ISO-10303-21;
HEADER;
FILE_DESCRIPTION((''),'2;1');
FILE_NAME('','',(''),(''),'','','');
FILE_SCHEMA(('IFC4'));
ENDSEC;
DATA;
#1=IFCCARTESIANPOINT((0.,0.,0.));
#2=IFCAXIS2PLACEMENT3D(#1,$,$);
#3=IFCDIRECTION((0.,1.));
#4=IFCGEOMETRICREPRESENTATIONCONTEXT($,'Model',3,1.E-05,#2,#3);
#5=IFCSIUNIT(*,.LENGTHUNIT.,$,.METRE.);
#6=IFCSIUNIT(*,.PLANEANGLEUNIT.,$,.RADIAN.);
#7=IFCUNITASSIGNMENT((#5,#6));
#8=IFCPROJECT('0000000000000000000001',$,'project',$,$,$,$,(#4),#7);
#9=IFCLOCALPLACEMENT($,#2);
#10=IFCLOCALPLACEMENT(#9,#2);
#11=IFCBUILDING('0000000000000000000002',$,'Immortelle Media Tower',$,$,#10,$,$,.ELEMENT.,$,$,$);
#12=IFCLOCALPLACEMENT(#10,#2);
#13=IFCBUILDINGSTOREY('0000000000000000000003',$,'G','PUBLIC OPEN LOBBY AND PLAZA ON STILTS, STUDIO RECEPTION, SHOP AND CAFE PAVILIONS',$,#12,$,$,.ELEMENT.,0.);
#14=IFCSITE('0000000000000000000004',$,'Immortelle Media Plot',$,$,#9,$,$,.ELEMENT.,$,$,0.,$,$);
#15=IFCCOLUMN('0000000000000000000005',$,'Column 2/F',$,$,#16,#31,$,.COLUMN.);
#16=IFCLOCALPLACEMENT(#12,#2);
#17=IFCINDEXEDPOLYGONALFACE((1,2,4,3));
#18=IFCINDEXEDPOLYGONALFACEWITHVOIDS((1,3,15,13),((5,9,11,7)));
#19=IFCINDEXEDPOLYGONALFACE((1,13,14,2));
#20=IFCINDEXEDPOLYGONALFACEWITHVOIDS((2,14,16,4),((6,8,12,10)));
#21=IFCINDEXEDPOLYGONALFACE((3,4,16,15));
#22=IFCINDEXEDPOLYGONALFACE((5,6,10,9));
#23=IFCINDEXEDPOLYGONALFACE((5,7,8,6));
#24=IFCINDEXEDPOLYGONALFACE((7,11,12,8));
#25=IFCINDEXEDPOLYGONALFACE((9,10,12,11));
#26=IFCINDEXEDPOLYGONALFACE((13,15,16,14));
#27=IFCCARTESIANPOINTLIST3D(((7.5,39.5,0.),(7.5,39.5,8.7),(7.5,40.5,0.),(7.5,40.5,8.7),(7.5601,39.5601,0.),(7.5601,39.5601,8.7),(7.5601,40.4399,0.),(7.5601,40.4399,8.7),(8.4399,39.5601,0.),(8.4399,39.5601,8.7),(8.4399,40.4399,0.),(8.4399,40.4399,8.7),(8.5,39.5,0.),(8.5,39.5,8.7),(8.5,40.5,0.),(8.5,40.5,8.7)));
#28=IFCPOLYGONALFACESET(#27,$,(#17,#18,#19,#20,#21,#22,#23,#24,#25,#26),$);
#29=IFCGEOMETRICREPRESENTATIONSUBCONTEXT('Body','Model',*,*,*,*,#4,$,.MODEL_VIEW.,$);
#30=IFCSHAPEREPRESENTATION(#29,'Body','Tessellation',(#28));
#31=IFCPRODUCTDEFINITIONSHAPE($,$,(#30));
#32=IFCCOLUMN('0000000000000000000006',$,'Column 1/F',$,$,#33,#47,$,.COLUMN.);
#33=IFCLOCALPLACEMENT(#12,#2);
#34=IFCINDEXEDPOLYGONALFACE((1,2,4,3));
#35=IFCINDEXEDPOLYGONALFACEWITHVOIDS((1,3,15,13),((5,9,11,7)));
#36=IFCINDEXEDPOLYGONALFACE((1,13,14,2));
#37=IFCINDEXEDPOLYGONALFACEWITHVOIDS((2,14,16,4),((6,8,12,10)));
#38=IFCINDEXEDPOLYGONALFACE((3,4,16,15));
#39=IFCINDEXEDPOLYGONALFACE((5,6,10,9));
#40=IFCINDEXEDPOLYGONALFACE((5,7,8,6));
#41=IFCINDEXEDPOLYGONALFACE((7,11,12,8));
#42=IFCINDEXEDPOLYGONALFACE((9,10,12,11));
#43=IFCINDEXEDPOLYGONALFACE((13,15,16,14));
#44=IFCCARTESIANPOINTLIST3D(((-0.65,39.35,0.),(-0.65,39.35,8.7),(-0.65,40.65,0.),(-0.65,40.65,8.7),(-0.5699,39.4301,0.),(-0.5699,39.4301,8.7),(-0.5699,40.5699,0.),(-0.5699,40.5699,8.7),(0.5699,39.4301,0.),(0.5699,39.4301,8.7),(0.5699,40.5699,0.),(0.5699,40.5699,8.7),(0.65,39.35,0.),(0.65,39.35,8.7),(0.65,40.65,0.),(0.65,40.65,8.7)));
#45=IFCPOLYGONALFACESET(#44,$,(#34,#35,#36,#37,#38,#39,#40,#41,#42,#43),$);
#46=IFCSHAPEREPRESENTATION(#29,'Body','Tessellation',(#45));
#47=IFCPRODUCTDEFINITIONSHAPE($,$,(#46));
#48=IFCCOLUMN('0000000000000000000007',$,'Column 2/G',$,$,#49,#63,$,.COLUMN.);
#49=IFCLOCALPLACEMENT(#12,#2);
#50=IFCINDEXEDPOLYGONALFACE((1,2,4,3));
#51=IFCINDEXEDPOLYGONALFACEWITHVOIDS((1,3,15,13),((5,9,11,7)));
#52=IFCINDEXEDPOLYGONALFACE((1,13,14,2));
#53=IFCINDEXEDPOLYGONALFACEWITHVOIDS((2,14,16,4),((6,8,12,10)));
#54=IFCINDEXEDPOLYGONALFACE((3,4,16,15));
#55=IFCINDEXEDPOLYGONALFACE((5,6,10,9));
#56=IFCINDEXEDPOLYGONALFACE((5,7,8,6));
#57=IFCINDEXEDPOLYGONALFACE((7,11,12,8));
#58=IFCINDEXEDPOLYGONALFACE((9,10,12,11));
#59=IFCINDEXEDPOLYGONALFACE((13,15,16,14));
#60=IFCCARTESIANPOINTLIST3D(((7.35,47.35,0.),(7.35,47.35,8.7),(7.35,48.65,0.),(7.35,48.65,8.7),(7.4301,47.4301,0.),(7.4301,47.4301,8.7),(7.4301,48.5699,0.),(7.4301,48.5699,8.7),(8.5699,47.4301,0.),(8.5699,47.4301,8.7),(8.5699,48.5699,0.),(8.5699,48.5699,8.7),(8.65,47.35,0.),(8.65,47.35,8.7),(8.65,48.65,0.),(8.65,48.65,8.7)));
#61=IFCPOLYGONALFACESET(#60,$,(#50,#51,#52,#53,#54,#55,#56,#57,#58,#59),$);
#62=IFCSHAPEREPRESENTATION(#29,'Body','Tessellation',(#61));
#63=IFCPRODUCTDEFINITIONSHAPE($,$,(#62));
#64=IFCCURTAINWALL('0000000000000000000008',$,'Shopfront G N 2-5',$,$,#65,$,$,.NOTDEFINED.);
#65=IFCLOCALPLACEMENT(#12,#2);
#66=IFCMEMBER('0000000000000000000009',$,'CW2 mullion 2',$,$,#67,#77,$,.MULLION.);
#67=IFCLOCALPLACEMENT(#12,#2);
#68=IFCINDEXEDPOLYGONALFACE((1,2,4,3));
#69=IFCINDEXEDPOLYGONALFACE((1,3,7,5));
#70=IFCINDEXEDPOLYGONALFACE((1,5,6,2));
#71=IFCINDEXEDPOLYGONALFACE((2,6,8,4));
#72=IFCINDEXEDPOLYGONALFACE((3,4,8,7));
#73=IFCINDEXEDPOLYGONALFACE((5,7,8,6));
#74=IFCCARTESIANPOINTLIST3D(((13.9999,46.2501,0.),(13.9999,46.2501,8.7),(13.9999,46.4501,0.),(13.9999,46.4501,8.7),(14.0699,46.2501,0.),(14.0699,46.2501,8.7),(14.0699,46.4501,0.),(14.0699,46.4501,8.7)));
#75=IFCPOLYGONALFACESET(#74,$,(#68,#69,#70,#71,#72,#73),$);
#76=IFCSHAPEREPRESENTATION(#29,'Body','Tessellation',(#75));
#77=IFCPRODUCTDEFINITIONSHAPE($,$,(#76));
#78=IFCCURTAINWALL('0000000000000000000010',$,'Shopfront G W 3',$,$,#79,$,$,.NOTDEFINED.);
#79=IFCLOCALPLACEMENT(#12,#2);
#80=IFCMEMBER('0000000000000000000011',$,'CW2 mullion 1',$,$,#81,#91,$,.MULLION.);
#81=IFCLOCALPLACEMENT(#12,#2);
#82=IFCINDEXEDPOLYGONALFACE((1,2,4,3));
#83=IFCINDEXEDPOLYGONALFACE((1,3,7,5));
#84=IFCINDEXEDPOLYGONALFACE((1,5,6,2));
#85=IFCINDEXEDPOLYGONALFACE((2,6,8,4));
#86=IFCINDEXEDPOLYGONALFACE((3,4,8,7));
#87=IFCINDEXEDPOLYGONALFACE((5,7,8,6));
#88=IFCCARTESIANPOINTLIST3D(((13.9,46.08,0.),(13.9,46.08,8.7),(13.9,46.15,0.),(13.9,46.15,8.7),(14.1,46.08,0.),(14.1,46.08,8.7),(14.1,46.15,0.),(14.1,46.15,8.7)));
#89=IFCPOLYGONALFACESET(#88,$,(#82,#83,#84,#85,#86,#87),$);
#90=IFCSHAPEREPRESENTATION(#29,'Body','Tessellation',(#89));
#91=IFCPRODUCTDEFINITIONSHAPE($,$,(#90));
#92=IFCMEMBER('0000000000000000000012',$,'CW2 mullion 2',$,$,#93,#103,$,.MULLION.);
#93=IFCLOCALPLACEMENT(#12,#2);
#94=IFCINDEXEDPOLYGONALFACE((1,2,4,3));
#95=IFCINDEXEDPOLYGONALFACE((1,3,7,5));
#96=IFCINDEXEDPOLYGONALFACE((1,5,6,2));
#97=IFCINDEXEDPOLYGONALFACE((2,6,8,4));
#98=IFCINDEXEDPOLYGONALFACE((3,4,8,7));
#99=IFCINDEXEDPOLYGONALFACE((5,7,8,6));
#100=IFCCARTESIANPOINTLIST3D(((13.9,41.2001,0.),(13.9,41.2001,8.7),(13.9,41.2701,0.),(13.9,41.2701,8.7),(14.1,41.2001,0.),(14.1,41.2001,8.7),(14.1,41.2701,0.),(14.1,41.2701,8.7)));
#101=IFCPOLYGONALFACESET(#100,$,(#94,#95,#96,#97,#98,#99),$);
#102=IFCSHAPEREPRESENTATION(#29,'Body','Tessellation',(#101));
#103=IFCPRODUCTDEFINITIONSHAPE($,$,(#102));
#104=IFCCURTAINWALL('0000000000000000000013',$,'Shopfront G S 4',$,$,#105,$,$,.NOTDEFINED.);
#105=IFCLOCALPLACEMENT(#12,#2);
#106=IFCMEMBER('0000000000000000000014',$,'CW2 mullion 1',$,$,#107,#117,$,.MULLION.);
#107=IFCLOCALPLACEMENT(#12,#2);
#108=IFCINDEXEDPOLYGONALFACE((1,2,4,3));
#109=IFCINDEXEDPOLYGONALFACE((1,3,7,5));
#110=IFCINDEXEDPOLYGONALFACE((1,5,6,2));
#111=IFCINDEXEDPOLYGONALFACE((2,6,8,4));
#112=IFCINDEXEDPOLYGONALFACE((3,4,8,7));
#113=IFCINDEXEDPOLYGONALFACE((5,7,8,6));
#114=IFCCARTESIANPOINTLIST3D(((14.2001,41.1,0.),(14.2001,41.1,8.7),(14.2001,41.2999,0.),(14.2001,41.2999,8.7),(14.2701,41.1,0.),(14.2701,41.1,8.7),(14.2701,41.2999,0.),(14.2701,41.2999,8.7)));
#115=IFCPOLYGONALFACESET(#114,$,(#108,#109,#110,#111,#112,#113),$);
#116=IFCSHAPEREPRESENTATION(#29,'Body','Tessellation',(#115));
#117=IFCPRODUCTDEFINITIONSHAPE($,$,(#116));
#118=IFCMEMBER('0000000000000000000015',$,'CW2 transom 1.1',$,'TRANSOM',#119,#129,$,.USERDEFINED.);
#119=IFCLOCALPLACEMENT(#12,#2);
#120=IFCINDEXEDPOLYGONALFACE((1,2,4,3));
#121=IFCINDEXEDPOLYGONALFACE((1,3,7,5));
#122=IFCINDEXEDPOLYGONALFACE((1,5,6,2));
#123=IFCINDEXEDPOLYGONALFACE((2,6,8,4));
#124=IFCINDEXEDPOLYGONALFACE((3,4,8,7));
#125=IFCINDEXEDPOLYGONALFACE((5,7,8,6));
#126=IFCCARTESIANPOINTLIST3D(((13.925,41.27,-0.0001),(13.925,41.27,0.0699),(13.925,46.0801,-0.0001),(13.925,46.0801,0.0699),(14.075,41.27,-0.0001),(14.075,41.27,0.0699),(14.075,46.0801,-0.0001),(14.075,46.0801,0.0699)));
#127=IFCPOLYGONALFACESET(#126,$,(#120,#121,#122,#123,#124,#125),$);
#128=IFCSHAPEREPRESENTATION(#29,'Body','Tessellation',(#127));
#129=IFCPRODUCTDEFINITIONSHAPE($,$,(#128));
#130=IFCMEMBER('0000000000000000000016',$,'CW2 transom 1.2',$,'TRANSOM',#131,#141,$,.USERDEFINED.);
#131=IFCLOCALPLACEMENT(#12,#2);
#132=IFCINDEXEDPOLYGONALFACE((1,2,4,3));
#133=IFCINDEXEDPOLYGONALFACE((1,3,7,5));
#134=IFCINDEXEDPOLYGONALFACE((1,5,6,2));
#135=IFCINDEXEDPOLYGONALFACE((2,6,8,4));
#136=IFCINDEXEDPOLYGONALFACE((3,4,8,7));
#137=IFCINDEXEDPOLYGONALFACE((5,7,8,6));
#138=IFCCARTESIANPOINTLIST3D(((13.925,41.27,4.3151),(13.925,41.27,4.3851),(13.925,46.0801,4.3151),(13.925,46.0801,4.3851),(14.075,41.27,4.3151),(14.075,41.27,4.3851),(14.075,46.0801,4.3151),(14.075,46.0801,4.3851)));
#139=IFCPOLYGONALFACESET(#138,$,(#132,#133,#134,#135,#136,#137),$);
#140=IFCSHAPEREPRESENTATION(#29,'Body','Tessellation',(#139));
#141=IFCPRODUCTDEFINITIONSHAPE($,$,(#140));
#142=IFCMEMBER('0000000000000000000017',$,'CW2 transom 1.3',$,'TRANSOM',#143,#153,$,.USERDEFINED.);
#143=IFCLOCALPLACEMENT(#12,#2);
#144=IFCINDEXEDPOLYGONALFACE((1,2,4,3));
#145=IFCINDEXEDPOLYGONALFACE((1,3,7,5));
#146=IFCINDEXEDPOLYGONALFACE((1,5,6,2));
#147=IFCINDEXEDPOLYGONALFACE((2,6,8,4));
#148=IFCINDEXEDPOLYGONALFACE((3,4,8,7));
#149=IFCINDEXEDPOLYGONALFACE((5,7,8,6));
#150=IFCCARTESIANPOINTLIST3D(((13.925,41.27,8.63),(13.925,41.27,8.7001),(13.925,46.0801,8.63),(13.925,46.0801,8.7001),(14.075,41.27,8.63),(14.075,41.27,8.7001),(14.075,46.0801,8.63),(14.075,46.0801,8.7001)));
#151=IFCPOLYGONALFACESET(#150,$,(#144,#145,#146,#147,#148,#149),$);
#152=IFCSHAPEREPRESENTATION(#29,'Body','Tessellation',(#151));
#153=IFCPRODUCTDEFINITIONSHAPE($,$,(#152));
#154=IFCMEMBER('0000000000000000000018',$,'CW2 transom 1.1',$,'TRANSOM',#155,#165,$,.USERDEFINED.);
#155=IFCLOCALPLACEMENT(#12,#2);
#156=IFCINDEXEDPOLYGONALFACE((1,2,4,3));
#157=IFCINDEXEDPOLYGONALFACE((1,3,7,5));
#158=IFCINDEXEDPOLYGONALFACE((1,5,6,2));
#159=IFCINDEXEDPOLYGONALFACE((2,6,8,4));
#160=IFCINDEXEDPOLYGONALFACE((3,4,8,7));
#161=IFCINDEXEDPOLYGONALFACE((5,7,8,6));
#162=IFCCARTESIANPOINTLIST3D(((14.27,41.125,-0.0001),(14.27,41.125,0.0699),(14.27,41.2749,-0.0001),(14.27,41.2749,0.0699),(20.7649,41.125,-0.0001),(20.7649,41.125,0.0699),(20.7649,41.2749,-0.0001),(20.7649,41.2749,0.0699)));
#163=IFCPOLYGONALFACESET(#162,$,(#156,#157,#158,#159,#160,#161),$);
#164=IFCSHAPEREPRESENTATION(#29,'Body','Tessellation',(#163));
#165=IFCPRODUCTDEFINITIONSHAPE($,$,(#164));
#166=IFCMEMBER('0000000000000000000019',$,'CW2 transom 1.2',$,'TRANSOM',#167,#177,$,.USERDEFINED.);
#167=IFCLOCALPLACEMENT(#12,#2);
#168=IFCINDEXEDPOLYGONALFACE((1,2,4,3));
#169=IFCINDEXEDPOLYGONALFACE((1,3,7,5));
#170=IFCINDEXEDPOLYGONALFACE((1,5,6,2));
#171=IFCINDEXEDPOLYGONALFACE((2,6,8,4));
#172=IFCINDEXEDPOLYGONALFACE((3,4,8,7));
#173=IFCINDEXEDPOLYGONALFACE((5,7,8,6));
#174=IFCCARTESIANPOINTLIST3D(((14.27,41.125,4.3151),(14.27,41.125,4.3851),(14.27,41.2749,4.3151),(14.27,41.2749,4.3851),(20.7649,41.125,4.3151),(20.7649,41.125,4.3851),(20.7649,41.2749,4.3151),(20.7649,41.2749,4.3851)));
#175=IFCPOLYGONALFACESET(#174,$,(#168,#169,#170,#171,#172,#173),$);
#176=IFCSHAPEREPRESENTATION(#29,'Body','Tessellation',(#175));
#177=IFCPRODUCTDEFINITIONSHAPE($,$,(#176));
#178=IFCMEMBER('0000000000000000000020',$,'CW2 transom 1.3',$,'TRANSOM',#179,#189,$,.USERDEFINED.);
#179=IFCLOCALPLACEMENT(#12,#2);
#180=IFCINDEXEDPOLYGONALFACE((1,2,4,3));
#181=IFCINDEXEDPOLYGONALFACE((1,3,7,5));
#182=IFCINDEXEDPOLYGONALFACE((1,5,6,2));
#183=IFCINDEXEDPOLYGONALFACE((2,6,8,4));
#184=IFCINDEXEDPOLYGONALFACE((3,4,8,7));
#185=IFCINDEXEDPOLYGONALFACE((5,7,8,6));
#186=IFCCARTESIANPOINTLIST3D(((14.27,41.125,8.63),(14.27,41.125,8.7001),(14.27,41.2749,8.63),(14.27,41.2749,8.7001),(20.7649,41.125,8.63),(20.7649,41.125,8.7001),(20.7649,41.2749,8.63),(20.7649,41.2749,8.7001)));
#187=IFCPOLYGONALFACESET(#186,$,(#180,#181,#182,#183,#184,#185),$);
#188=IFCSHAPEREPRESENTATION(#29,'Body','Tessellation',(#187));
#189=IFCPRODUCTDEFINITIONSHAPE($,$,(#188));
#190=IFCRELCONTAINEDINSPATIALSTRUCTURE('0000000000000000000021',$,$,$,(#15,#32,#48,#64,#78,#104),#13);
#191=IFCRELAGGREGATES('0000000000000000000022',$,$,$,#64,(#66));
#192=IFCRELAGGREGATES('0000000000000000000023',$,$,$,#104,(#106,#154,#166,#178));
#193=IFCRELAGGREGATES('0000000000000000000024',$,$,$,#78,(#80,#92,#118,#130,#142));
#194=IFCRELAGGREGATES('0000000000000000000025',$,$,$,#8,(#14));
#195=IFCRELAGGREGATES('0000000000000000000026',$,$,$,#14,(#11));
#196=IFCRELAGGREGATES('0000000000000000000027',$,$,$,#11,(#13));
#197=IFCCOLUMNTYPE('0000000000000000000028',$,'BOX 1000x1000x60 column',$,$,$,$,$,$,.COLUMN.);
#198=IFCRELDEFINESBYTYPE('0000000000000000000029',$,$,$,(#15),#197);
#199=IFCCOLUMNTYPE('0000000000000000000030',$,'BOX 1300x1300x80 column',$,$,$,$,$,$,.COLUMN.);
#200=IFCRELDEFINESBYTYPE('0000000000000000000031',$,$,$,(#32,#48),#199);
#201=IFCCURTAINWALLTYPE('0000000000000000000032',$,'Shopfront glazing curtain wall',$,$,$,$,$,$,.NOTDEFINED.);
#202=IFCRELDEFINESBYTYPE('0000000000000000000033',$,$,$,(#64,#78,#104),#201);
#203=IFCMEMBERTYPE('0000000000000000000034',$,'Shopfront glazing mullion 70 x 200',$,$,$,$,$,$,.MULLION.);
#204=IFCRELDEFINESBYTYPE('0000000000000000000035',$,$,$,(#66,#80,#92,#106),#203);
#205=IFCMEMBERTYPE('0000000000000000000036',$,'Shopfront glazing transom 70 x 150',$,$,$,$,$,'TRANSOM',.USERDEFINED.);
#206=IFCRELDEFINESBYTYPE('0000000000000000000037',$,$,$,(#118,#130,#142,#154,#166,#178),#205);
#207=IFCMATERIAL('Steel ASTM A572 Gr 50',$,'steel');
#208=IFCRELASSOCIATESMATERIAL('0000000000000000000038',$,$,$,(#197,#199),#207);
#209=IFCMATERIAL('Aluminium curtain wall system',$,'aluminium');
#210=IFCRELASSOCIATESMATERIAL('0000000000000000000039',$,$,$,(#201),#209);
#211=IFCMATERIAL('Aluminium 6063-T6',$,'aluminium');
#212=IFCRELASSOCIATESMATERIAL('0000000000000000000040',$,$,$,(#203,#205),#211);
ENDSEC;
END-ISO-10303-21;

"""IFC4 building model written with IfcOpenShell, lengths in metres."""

from ifc_helpers import new_model, si_unit, direction, frame, origin, origin_2d, place, context, subcontext, project, spatial, rectangle, hollow_rectangle, extrude, material, material_profile, profile_set, type_object, element, aggregate, save


model = new_model("IFC4")

# Units and contexts
model_context = context("Model", 3, precision=1e-05, world=origin(), true_north=direction((0.0, 1.0)))
body_context = subcontext(model_context, "Body", "Model", "MODEL_VIEW")
ifc_project = project(units=[si_unit("LENGTHUNIT", "METRE"), si_unit("PLANEANGLEUNIT", "RADIAN")], contexts=[model_context])

# Site, building, storey
site_placement = place(None, origin())
site = spatial("IfcSite", under=ifc_project, at=site_placement, Name="Immortelle Media Plot", CompositionType="ELEMENT", RefElevation=0.0)
building_placement = place(site_placement, origin())
building = spatial("IfcBuilding", under=site, at=building_placement, Name="Immortelle Media Tower", CompositionType="ELEMENT")
storey_placement = place(building_placement, origin())
storey = spatial("IfcBuildingStorey", under=building, at=storey_placement, Name="G", Description="PUBLIC OPEN LOBBY AND PLAZA ON STILTS, STUDIO RECEPTION, SHOP AND CAFE PAVILIONS", CompositionType="ELEMENT", Elevation=0.0)

# Columns
ifc_material_1 = material(Name="Steel ASTM A572 Gr 50", Category="steel")
ifc_material_profile_1 = material_profile(ifc_material_1, hollow_rectangle(XDim=1.0, YDim=1.0, WallThickness=0.0601, at=origin_2d()), Name="BOX 1000x1000x60 column")
ifc_profile_set_1 = profile_set([ifc_material_profile_1], Name="Steel ASTM A572 Gr 50")
column_type_1 = type_object("IfcColumnType", Name="BOX 1000x1000x60 column", PredefinedType="COLUMN", material=ifc_profile_set_1)
column_placement = place(storey_placement, frame((8.0, 40.0, 0.0), z_axis=(0.0, 0.0, 1.0), x_axis=(1.0, 0.0, 0.0)))
element("IfcColumn", 1, at=column_placement, inside=storey, type_object=column_type_1, Name="Column 2/F", PredefinedType="COLUMN", context=body_context, shape_type="SweptSolid", body=[
    extrude(hollow_rectangle(XDim=1.0, YDim=1.0, WallThickness=0.0601, at=origin_2d()), origin(), (0.0, 0.0, 1.0), 8.7),
])
ifc_material_profile_2 = material_profile(ifc_material_1, hollow_rectangle(XDim=1.3, YDim=1.3, WallThickness=0.0801, at=origin_2d()), Name="BOX 1300x1300x80 column")
ifc_profile_set_2 = profile_set([ifc_material_profile_2], Name="Steel ASTM A572 Gr 50")
column_type_2 = type_object("IfcColumnType", Name="BOX 1300x1300x80 column", PredefinedType="COLUMN", material=ifc_profile_set_2)
for number, where, z_axis, x_axis, name in (
    (2, (0.0, 40.0, 0.0), (0.0, 0.0, 1.0), (1.0, 0.0, 0.0), "Column 1/F"),
    (3, (8.0, 48.0, 0.0), (0.0, 0.0, 1.0), (1.0, 0.0, 0.0), "Column 2/G"),
):
    element("IfcColumn", number, at=place(storey_placement, frame(where, z_axis=z_axis, x_axis=x_axis)), inside=storey, type_object=column_type_2, Name=name, PredefinedType="COLUMN", context=body_context, shape_type="SweptSolid", body=[
        extrude(hollow_rectangle(XDim=1.3, YDim=1.3, WallThickness=0.0801, at=origin_2d()), origin(), (0.0, 0.0, 1.0), 8.7),
    ])

# Curtain wall, member
ifc_material_2 = material(Name="Aluminium curtain wall system", Category="aluminium")
curtain_wall_type = type_object("IfcCurtainWallType", Name="Shopfront glazing curtain wall", PredefinedType="NOTDEFINED", material=ifc_material_2)
curtain_wall_1_placement = place(storey_placement, origin())
curtain_wall_1 = element("IfcCurtainWall", 4, at=curtain_wall_1_placement, inside=storey, type_object=curtain_wall_type, Name="Shopfront G N 2-5", PredefinedType="NOTDEFINED")
ifc_material_3 = material(Name="Aluminium 6063-T6", Category="aluminium")
ifc_material_profile_3 = material_profile(ifc_material_3, rectangle(XDim=0.2, YDim=0.0701, at=origin_2d()), Name="AL 70x200")
ifc_profile_set_3 = profile_set([ifc_material_profile_3], Name="Aluminium 6063-T6")
member_type_1 = type_object("IfcMemberType", Name="Shopfront glazing mullion 70 x 200", PredefinedType="MULLION", material=ifc_profile_set_3)
member_1_placement = place(storey_placement, frame((14.0349, 46.3501, 0.0), z_axis=(0.0, 0.0, 1.0), x_axis=(0.0, -1.0, 0.0)))
member_1 = element("IfcMember", 5, at=member_1_placement, type_object=member_type_1, Name="CW2 mullion 2", PredefinedType="MULLION", context=body_context, shape_type="SweptSolid", body=[
    extrude(rectangle(XDim=0.2, YDim=0.0701, at=origin_2d()), origin(), (0.0, 0.0, 1.0), 8.7),
])
aggregate(curtain_wall_1, [member_1])

# Curtain wall, members
curtain_wall_2_placement = place(storey_placement, origin())
curtain_wall_2 = element("IfcCurtainWall", 6, at=curtain_wall_2_placement, inside=storey, type_object=curtain_wall_type, Name="Shopfront G W 3", PredefinedType="NOTDEFINED")
member_2_placement = place(storey_placement, frame((14.0, 46.115, 0.0), z_axis=(0.0, 0.0, 1.0), x_axis=(1.0, 0.0, 0.0)))
member_2 = element("IfcMember", 7, at=member_2_placement, type_object=member_type_1, Name="CW2 mullion 1", PredefinedType="MULLION", context=body_context, shape_type="SweptSolid", body=[
    extrude(rectangle(XDim=0.2, YDim=0.0701, at=origin_2d()), origin(), (0.0, 0.0, 1.0), 8.7),
])
member_3_placement = place(storey_placement, frame((14.0, 41.2351, 0.0), z_axis=(0.0, 0.0, 1.0), x_axis=(1.0, 0.0, 0.0)))
member_3 = element("IfcMember", 8, at=member_3_placement, type_object=member_type_1, Name="CW2 mullion 2", PredefinedType="MULLION", context=body_context, shape_type="SweptSolid", body=[
    extrude(rectangle(XDim=0.2, YDim=0.0701, at=origin_2d()), origin(), (0.0, 0.0, 1.0), 8.7),
])

# Curtain wall, member
curtain_wall_3_placement = place(storey_placement, origin())
curtain_wall_3 = element("IfcCurtainWall", 9, at=curtain_wall_3_placement, inside=storey, type_object=curtain_wall_type, Name="Shopfront G S 4", PredefinedType="NOTDEFINED")
member_4_placement = place(storey_placement, frame((14.2351, 41.2, 0.0), z_axis=(0.0, 0.0, 1.0), x_axis=(0.0, 1.0, 0.0)))
member_4 = element("IfcMember", 10, at=member_4_placement, type_object=member_type_1, Name="CW2 mullion 1", PredefinedType="MULLION", context=body_context, shape_type="SweptSolid", body=[
    extrude(rectangle(XDim=0.2, YDim=0.0701, at=origin_2d()), origin(), (0.0, 0.0, 1.0), 8.7),
])

# Members
ifc_material_profile_4 = material_profile(ifc_material_3, rectangle(XDim=0.1499, YDim=0.0701, at=origin_2d()), Name="AL 70x150")
ifc_profile_set_4 = profile_set([ifc_material_profile_4], Name="Aluminium 6063-T6")
member_type_2 = type_object("IfcMemberType", Name="Shopfront glazing transom 70 x 150", ElementType="TRANSOM", PredefinedType="USERDEFINED", material=ifc_profile_set_4)
member_5_placement = place(storey_placement, frame((14.0, 46.0801, 0.0349), z_axis=(0.0, -1.0, 0.0), x_axis=(1.0, 0.0, 0.0)))
member_5 = element("IfcMember", 11, at=member_5_placement, type_object=member_type_2, Name="CW2 transom 1.1", ObjectType="TRANSOM", PredefinedType="USERDEFINED", context=body_context, shape_type="SweptSolid", body=[
    extrude(rectangle(XDim=0.1499, YDim=0.0701, at=origin_2d()), origin(), (0.0, 0.0, 1.0), 4.8101),
])
member_6_placement = place(storey_placement, frame((14.0, 46.0801, 4.3501), z_axis=(0.0, -1.0, 0.0), x_axis=(1.0, 0.0, 0.0)))
member_6 = element("IfcMember", 12, at=member_6_placement, type_object=member_type_2, Name="CW2 transom 1.2", ObjectType="TRANSOM", PredefinedType="USERDEFINED", context=body_context, shape_type="SweptSolid", body=[
    extrude(rectangle(XDim=0.1499, YDim=0.0701, at=origin_2d()), origin(), (0.0, 0.0, 1.0), 4.8101),
])
member_7_placement = place(storey_placement, frame((14.0, 46.0801, 8.665), z_axis=(0.0, -1.0, 0.0), x_axis=(1.0, 0.0, 0.0)))
member_7 = element("IfcMember", 13, at=member_7_placement, type_object=member_type_2, Name="CW2 transom 1.3", ObjectType="TRANSOM", PredefinedType="USERDEFINED", context=body_context, shape_type="SweptSolid", body=[
    extrude(rectangle(XDim=0.1499, YDim=0.0701, at=origin_2d()), origin(), (0.0, 0.0, 1.0), 4.8101),
])
member_8_placement = place(storey_placement, frame((14.27, 41.2, 0.0349), z_axis=(1.0, 0.0, 0.0), x_axis=(0.0, 1.0, 0.0)))
member_8 = element("IfcMember", 14, at=member_8_placement, type_object=member_type_2, Name="CW2 transom 1.1", ObjectType="TRANSOM", PredefinedType="USERDEFINED", context=body_context, shape_type="SweptSolid", body=[
    extrude(rectangle(XDim=0.1499, YDim=0.0701, at=origin_2d()), origin(), (0.0, 0.0, 1.0), 6.4949),
])
member_9_placement = place(storey_placement, frame((14.27, 41.2, 4.3501), z_axis=(1.0, 0.0, 0.0), x_axis=(0.0, 1.0, 0.0)))
member_9 = element("IfcMember", 15, at=member_9_placement, type_object=member_type_2, Name="CW2 transom 1.2", ObjectType="TRANSOM", PredefinedType="USERDEFINED", context=body_context, shape_type="SweptSolid", body=[
    extrude(rectangle(XDim=0.1499, YDim=0.0701, at=origin_2d()), origin(), (0.0, 0.0, 1.0), 6.4949),
])
member_10_placement = place(storey_placement, frame((14.27, 41.2, 8.665), z_axis=(1.0, 0.0, 0.0), x_axis=(0.0, 1.0, 0.0)))
member_10 = element("IfcMember", 16, at=member_10_placement, type_object=member_type_2, Name="CW2 transom 1.3", ObjectType="TRANSOM", PredefinedType="USERDEFINED", context=body_context, shape_type="SweptSolid", body=[
    extrude(rectangle(XDim=0.1499, YDim=0.0701, at=origin_2d()), origin(), (0.0, 0.0, 1.0), 6.4949),
])
aggregate(curtain_wall_3, [member_4, member_8, member_9, member_10])

aggregate(curtain_wall_2, [member_2, member_3, member_5, member_6, member_7])

save(model, "model.ifc")
